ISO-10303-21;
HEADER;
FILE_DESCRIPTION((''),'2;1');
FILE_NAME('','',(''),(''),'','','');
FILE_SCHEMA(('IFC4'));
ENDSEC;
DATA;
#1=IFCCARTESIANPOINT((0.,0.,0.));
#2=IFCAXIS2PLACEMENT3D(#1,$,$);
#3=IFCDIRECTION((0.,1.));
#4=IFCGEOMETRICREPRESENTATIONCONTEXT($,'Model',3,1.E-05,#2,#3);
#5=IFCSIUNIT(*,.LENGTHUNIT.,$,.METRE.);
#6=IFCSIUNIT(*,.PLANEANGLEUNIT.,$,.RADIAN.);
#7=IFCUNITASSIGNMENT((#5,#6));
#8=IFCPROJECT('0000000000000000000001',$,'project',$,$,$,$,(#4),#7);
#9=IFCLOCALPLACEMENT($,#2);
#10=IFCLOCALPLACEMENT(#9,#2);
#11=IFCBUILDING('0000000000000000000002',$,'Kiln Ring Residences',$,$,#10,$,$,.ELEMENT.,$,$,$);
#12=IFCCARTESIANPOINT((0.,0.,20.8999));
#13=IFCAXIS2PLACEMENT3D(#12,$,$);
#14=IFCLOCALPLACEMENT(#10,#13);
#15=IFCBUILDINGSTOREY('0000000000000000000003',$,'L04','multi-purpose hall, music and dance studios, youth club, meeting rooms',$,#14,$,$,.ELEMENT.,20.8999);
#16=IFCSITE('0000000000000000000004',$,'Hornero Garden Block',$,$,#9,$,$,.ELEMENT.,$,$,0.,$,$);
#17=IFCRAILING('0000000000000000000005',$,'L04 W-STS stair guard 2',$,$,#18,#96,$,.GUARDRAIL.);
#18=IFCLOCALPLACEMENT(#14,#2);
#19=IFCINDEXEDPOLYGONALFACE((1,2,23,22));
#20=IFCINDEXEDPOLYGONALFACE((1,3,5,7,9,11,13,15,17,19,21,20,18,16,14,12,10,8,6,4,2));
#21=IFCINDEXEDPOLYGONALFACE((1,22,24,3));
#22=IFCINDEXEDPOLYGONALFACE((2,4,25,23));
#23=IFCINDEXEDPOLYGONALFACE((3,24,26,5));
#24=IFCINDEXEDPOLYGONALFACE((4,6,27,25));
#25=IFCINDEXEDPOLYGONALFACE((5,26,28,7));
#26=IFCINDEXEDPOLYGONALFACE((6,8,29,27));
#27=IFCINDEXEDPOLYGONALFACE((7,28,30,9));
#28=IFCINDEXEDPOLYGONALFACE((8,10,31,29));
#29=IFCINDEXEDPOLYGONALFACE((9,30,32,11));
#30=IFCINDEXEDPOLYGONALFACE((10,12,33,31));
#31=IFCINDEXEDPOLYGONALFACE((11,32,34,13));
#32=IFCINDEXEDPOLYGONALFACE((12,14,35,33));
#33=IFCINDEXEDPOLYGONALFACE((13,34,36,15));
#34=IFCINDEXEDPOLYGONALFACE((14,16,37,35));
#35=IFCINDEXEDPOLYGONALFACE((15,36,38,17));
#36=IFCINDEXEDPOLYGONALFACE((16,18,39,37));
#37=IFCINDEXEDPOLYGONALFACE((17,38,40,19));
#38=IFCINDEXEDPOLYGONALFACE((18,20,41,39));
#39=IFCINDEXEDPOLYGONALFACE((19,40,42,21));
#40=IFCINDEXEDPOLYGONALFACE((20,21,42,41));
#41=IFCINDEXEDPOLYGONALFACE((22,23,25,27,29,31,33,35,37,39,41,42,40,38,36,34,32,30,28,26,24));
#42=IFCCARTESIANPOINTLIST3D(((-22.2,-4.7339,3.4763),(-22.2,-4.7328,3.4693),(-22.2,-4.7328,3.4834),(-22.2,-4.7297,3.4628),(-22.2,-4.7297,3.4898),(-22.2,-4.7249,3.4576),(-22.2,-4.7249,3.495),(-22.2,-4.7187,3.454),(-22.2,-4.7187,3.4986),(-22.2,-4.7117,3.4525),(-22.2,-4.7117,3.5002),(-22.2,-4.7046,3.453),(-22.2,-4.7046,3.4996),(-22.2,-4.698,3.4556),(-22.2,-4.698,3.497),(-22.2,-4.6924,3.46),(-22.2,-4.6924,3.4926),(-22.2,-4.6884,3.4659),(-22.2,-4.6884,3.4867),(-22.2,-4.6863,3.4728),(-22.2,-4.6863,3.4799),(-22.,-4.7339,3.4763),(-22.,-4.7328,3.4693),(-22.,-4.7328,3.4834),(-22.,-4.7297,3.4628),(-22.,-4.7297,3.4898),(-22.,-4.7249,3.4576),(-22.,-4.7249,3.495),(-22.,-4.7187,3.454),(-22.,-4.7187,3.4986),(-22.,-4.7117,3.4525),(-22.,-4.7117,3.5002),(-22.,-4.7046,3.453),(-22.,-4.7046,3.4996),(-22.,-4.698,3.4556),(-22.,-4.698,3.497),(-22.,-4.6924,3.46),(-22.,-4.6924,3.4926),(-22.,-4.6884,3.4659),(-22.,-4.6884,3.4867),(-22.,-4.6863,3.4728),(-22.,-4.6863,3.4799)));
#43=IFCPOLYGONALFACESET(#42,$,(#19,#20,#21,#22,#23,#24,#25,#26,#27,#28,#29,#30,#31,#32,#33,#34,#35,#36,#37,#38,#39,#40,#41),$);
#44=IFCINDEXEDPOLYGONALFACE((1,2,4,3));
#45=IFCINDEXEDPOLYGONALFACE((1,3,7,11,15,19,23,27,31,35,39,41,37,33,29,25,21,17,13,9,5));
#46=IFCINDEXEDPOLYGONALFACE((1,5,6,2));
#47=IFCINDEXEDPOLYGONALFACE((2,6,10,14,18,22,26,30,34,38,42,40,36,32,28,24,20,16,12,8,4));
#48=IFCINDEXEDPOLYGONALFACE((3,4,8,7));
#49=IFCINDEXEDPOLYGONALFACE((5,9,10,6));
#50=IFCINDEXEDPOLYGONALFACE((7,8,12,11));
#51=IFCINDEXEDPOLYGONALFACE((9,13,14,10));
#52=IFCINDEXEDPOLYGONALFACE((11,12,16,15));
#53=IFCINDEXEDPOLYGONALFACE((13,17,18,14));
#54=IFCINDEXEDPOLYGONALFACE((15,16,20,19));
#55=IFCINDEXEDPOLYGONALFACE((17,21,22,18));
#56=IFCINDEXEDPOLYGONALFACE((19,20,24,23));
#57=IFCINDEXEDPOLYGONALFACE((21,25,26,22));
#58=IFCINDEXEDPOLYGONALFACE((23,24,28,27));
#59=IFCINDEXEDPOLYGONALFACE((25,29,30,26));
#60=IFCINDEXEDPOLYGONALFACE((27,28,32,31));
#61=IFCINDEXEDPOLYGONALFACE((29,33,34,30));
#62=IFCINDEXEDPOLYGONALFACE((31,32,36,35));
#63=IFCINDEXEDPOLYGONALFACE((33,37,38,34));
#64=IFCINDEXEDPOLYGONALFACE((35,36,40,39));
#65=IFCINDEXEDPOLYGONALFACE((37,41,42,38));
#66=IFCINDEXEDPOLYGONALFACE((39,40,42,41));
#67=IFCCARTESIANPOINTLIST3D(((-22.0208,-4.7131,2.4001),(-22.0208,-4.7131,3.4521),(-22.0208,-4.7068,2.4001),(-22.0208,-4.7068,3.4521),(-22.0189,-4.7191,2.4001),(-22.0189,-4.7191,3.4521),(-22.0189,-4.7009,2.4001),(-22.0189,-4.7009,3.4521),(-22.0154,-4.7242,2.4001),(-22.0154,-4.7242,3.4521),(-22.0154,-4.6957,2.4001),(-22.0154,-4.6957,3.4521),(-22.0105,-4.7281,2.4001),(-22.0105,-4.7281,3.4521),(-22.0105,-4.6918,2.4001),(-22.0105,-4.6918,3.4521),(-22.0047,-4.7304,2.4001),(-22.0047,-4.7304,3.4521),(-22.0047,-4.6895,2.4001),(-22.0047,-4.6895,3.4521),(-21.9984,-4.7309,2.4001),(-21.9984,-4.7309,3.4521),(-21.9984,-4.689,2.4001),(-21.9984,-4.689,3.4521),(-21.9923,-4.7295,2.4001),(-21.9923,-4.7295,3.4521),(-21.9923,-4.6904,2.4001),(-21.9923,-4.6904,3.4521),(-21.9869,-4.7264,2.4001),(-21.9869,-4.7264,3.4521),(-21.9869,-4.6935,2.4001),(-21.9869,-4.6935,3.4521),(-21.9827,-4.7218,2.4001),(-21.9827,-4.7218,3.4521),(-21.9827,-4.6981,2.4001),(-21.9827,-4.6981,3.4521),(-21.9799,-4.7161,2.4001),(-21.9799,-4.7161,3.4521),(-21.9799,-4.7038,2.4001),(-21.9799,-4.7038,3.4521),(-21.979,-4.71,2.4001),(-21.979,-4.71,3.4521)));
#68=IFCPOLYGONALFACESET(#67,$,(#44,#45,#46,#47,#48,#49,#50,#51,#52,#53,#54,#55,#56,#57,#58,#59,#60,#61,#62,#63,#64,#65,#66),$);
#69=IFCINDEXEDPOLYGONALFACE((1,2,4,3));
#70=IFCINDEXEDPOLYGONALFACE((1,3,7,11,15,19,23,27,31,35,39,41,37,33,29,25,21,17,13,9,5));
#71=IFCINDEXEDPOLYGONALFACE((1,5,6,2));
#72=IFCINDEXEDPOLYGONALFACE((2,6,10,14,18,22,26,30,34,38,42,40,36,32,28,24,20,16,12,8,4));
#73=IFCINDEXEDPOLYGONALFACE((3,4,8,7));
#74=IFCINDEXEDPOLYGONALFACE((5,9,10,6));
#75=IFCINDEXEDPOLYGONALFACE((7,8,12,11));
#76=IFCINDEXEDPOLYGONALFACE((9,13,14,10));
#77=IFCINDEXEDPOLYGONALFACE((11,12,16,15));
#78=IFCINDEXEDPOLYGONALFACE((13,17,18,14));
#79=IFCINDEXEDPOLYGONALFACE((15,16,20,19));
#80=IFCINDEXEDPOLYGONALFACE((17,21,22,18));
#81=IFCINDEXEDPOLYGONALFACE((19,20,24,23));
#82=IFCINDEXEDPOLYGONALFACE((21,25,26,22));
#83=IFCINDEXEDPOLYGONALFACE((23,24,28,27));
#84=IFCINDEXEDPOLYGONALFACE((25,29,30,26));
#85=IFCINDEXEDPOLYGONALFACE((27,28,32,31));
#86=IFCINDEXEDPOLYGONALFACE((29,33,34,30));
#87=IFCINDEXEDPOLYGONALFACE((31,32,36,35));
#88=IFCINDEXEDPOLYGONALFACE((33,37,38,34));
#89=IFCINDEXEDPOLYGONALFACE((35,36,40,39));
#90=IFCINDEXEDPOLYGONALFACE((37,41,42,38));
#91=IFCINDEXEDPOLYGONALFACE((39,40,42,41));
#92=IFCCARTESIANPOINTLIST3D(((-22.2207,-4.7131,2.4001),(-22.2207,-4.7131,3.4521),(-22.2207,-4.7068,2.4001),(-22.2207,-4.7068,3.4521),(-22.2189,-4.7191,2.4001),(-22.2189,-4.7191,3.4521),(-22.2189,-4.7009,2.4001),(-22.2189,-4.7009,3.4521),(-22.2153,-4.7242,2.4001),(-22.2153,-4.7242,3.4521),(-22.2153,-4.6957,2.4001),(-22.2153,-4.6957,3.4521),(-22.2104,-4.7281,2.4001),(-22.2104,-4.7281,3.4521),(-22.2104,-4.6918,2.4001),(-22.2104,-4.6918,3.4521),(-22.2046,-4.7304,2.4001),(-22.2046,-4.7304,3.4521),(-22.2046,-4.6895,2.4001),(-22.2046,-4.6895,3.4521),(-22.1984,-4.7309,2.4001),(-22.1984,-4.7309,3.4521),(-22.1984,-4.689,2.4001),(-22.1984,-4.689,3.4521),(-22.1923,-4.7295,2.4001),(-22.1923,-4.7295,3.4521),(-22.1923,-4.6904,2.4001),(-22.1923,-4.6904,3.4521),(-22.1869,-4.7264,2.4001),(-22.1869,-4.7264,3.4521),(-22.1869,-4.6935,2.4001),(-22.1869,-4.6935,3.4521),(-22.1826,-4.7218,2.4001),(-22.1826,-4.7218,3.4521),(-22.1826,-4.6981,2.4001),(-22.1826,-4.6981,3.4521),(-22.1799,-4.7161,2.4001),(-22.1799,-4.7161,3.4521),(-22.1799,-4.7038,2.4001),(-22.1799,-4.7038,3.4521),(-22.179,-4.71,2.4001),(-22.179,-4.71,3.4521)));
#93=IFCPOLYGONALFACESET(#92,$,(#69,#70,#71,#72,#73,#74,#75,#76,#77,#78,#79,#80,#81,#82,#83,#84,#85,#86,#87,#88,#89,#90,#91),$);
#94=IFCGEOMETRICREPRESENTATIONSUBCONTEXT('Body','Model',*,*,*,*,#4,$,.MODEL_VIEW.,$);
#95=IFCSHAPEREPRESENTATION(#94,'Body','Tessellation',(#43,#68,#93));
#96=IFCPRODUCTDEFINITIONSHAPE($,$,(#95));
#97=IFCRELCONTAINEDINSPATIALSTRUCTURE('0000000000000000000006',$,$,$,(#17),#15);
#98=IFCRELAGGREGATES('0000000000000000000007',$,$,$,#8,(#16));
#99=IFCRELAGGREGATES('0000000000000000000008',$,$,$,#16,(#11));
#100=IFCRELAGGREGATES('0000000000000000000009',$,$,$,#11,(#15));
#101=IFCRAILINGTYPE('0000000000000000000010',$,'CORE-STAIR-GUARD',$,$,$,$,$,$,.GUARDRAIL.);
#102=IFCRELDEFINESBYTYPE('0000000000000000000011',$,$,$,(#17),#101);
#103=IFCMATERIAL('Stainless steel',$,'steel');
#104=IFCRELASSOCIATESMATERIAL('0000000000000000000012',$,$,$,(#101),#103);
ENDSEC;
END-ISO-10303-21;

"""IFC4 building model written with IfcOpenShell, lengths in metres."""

from ifc_helpers import new_model, si_unit, direction, frame, origin, origin_2d, place, context, subcontext, project, spatial, circle, extrude, material, type_object, element, save


model = new_model("IFC4")

# Units and contexts
model_context = context("Model", 3, precision=1e-05, world=origin(), true_north=direction((0.0, 1.0)))
body_context = subcontext(model_context, "Body", "Model", "MODEL_VIEW")
ifc_project = project(units=[si_unit("LENGTHUNIT", "METRE"), si_unit("PLANEANGLEUNIT", "RADIAN")], contexts=[model_context])

# Site, building, storey
site_placement = place(None, origin())
site = spatial("IfcSite", under=ifc_project, at=site_placement, Name="Hornero Garden Block", CompositionType="ELEMENT", RefElevation=0.0)
building_placement = place(site_placement, origin())
building = spatial("IfcBuilding", under=site, at=building_placement, Name="Kiln Ring Residences", CompositionType="ELEMENT")
storey_placement = place(building_placement, frame((0.0, 0.0, 20.8999)))
storey = spatial("IfcBuildingStorey", under=building, at=storey_placement, Name="L04", Description="multi-purpose hall, music and dance studios, youth club, meeting rooms", CompositionType="ELEMENT", Elevation=20.8999)

# Railing
ifc_material_1 = material(Name="Stainless steel", Category="steel")
railing_type_1 = type_object("IfcRailingType", Name="CORE-STAIR-GUARD", PredefinedType="GUARDRAIL", material=ifc_material_1)
railing_1_placement = place(storey_placement, frame((-22.0, -4.71, 2.4001)))
element("IfcRailing", 1, at=railing_1_placement, inside=storey, type_object=railing_type_1, Name="L04 W-STS stair guard 2", PredefinedType="GUARDRAIL", context=body_context, shape_type="SweptSolid", body=[
    extrude(circle(Radius=0.0239, at=origin_2d()), frame((0.0, 0.0, 1.0762), z_axis=(-1.0, 0.0, 0.0), x_axis=(0.0, -1.0, 0.0)), (0.0, 0.0, 1.0), 0.2),
    extrude(circle(Radius=0.021, at=origin_2d()), origin(), (0.0, 0.0, 1.0), 1.052),
    extrude(circle(Radius=0.021, at=origin_2d()), frame((-0.2, 0.0, 0.0)), (0.0, 0.0, 1.0), 1.052),
])

save(model, "model.ifc")
